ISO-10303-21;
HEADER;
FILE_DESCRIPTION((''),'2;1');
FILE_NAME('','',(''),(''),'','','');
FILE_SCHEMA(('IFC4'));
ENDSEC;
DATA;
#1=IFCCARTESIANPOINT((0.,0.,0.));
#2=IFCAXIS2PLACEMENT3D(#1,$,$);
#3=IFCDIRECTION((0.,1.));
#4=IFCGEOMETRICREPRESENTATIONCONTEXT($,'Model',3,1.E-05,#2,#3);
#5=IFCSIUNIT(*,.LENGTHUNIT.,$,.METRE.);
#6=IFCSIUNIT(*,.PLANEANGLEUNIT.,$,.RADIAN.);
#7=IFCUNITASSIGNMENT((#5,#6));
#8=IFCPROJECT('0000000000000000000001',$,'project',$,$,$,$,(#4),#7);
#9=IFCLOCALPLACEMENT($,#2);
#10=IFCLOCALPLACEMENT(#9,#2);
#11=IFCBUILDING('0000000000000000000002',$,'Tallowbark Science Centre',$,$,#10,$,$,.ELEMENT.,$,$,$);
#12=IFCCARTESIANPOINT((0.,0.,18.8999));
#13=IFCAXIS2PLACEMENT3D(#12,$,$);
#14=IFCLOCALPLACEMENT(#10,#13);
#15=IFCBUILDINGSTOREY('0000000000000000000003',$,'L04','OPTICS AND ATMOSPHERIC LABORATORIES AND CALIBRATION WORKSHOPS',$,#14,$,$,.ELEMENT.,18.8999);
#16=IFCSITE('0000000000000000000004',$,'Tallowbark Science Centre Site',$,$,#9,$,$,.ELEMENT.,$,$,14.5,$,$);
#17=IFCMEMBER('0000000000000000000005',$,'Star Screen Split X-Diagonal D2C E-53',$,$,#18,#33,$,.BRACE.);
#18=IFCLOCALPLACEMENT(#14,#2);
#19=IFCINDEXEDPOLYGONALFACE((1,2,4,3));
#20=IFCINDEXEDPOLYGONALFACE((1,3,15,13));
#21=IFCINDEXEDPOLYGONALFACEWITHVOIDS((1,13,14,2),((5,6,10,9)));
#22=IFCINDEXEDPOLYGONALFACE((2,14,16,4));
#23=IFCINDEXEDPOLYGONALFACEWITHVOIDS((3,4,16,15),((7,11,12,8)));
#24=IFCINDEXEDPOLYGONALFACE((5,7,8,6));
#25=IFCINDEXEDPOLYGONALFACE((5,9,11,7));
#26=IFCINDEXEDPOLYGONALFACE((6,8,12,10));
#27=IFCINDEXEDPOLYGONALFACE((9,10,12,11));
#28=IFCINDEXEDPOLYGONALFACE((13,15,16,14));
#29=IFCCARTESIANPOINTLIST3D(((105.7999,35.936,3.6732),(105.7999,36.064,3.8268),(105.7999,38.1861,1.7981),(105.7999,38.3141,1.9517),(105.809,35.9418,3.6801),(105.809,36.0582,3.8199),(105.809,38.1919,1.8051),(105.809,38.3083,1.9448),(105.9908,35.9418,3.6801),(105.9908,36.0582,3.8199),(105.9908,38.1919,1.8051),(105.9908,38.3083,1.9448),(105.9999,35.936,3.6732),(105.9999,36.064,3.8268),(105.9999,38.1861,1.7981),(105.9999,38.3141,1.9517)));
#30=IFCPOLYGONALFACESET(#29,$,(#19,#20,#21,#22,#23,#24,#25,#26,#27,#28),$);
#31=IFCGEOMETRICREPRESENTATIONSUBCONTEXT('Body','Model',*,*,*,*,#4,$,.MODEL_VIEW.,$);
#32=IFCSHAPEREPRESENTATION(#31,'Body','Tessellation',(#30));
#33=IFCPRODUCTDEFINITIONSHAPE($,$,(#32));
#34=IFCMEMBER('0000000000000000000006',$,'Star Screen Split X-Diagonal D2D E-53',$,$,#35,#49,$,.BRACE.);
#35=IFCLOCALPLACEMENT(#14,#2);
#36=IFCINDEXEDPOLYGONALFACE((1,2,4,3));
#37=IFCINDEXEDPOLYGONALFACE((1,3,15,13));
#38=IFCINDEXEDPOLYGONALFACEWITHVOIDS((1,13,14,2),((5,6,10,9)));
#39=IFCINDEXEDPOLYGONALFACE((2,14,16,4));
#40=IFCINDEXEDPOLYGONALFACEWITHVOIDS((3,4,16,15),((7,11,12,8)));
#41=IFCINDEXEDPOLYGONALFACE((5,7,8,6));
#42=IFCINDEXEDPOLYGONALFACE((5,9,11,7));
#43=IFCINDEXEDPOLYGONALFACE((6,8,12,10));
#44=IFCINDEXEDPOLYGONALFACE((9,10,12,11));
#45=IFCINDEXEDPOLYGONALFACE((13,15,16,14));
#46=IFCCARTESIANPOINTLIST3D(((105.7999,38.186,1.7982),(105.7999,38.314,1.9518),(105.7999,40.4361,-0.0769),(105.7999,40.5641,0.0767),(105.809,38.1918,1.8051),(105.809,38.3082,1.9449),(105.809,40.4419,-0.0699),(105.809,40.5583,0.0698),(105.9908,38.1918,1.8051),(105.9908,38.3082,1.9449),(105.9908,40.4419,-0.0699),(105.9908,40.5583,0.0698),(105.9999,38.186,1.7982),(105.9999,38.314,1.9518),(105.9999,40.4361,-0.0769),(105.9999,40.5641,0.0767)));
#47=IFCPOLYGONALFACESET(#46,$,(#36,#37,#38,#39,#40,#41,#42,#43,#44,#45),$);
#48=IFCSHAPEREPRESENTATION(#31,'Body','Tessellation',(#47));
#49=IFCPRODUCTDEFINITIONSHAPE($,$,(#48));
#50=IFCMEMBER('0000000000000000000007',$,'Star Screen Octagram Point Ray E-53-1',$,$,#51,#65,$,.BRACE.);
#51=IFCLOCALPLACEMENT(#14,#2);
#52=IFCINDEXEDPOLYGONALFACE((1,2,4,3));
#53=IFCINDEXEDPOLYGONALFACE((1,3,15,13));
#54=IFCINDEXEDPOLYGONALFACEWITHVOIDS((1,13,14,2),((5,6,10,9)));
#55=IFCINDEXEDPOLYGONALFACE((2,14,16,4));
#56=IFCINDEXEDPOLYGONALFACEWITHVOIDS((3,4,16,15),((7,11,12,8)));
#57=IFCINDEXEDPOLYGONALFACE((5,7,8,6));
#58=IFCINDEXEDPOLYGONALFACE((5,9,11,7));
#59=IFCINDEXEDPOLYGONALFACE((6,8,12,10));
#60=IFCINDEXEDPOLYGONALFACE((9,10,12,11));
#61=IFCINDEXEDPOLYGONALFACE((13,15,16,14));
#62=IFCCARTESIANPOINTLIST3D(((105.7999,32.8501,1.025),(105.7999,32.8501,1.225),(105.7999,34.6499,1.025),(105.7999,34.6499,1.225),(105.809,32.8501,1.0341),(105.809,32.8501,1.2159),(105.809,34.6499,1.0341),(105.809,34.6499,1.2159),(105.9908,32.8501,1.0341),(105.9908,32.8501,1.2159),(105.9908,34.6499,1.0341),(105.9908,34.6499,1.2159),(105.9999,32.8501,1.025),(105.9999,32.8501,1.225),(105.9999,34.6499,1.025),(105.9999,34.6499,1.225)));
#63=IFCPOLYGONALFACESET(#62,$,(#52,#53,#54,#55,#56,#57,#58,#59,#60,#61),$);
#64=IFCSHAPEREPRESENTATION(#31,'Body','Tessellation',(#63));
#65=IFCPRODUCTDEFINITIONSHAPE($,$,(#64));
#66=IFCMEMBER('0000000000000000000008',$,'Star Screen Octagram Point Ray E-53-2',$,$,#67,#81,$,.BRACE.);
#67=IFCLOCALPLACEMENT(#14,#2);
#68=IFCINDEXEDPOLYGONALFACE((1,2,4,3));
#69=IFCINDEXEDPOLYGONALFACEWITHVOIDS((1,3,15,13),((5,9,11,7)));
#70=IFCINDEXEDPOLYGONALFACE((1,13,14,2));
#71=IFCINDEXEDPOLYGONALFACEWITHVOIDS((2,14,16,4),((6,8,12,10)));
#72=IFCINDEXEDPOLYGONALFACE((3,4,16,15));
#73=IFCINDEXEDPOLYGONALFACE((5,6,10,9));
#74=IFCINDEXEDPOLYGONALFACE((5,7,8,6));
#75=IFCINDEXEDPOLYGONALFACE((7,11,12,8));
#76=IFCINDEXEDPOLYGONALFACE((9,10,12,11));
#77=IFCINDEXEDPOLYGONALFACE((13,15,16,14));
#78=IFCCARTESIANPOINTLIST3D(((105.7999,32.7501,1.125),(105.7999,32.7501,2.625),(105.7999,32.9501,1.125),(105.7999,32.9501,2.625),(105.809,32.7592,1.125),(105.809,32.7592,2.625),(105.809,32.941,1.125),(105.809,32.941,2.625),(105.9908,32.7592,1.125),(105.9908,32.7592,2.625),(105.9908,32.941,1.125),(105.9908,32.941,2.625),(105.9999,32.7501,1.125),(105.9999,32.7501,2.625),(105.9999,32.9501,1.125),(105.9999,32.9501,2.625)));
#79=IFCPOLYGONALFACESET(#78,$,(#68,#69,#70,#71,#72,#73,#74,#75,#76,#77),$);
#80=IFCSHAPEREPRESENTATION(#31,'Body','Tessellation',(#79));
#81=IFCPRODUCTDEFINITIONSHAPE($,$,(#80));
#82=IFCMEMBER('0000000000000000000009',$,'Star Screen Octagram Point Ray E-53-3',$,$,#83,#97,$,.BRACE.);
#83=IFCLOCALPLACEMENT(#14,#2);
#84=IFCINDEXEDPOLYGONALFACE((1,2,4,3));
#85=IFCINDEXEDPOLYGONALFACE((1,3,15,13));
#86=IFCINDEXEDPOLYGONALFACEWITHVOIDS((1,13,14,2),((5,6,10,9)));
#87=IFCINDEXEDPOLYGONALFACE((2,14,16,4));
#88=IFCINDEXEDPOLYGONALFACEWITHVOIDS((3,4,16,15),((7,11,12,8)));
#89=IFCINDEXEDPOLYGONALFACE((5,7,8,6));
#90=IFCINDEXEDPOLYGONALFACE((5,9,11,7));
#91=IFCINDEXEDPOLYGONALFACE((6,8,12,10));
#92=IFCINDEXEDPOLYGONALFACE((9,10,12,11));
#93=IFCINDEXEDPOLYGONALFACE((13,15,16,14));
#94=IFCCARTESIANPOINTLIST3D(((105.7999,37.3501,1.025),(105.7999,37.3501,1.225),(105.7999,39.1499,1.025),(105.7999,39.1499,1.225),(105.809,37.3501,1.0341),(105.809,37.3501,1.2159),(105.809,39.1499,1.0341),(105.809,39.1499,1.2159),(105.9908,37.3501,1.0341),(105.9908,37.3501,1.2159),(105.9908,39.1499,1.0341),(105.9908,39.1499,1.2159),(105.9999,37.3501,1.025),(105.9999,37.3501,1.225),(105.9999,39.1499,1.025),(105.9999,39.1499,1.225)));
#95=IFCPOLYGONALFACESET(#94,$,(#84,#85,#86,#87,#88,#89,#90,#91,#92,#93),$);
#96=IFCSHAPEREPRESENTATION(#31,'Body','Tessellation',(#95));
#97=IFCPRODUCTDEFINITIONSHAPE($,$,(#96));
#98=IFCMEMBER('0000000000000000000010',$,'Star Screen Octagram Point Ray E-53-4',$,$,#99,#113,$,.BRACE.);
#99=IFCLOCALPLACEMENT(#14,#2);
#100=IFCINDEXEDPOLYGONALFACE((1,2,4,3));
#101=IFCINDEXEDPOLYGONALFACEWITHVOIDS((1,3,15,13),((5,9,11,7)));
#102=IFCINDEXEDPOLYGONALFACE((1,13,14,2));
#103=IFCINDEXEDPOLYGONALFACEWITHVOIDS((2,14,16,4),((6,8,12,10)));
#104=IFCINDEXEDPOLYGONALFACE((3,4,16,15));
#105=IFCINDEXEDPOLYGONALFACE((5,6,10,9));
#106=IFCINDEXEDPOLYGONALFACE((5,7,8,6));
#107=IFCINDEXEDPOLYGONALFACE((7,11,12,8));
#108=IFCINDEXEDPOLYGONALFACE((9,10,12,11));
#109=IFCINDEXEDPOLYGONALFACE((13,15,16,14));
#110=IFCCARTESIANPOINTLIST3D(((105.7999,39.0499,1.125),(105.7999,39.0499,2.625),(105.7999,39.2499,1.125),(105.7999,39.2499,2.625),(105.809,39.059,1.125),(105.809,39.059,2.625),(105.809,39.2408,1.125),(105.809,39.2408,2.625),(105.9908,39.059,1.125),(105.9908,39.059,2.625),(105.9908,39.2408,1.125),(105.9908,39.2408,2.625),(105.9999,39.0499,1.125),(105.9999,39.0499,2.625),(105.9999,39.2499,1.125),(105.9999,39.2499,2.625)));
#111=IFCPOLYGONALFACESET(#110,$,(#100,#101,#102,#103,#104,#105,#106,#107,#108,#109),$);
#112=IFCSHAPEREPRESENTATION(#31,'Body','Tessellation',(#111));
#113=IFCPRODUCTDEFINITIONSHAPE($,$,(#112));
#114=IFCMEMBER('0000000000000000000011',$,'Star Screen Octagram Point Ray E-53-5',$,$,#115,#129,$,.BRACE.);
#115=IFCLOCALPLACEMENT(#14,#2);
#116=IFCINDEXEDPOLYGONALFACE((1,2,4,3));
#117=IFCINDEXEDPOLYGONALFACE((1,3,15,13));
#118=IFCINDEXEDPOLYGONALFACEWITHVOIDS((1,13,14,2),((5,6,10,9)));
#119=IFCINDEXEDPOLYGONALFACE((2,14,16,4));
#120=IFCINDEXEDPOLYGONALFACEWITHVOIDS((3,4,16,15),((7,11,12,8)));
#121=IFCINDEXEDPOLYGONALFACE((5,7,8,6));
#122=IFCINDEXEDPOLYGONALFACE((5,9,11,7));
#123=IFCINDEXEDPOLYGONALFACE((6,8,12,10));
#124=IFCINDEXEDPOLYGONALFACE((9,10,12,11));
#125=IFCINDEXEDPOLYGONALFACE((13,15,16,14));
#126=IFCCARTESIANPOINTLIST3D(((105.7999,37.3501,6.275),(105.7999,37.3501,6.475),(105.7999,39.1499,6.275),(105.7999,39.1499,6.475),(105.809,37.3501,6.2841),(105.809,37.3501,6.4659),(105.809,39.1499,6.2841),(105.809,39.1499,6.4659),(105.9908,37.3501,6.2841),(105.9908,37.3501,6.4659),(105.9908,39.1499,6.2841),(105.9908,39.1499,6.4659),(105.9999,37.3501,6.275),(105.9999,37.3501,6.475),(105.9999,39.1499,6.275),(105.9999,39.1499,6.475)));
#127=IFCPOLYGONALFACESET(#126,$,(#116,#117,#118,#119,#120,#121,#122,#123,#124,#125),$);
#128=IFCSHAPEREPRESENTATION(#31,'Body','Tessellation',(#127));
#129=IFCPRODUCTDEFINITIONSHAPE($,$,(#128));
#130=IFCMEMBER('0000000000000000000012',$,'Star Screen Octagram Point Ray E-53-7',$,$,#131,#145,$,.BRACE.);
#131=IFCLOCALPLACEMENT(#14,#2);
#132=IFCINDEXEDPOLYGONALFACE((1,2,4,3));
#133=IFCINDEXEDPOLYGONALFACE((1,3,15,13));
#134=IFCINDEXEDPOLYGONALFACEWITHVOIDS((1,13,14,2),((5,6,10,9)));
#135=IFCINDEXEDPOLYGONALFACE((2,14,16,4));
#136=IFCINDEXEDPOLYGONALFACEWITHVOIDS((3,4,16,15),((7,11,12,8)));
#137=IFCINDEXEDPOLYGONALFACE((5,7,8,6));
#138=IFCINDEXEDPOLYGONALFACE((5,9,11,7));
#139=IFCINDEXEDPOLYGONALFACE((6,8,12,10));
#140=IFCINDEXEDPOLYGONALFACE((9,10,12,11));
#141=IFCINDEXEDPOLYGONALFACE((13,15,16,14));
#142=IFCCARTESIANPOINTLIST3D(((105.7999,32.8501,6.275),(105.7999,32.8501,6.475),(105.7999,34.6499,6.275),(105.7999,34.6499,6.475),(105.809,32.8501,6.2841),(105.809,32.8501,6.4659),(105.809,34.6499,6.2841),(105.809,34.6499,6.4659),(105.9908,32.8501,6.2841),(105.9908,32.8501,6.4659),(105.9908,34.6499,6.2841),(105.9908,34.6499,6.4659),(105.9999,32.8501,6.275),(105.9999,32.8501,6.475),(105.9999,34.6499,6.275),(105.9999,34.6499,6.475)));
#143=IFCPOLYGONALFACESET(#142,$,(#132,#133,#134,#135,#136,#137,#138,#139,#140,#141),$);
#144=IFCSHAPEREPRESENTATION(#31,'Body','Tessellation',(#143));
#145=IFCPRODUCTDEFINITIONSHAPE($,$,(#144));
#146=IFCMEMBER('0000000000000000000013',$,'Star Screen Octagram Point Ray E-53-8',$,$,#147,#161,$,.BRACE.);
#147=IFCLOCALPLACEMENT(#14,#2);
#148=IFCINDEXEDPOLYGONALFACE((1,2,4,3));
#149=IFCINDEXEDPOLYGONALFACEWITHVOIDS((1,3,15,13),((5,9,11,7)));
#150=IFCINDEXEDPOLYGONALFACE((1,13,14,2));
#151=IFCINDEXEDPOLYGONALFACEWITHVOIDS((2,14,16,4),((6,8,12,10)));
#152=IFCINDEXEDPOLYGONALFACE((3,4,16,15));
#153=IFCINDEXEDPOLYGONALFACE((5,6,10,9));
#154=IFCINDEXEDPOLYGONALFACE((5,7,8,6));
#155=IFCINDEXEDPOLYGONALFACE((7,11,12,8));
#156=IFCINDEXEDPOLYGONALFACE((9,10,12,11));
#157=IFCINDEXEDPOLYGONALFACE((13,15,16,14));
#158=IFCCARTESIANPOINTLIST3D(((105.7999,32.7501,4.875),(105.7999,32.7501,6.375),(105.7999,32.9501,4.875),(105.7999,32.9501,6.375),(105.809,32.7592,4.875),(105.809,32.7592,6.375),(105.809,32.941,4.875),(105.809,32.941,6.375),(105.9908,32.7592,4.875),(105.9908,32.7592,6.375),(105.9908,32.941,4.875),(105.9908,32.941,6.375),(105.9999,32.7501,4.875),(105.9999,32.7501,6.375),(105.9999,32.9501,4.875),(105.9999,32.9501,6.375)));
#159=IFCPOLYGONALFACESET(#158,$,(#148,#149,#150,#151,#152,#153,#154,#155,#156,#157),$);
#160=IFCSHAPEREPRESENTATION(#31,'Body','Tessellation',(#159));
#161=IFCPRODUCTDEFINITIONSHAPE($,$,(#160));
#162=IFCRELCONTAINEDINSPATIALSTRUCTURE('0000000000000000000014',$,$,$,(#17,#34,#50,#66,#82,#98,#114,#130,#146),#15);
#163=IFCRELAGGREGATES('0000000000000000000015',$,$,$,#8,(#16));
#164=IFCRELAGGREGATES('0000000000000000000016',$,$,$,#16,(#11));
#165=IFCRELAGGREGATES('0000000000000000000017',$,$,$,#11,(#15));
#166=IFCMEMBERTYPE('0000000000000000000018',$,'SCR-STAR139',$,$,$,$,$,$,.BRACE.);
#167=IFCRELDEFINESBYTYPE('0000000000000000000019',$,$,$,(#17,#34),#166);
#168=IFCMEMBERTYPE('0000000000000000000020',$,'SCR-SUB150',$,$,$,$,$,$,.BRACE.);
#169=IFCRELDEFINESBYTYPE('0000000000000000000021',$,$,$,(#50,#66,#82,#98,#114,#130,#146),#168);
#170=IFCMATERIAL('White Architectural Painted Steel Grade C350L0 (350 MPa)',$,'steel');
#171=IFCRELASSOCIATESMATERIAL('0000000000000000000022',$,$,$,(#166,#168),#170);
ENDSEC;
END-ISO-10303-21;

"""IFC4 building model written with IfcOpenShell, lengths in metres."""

from ifc_helpers import new_model, si_unit, direction, frame, origin, origin_2d, place, context, subcontext, project, spatial, hollow_rectangle, extrude, material, material_profile, profile_set, type_object, element, save


model = new_model("IFC4")

# Units and contexts
model_context = context("Model", 3, precision=1e-05, world=origin(), true_north=direction((0.0, 1.0)))
body_context = subcontext(model_context, "Body", "Model", "MODEL_VIEW")
ifc_project = project(units=[si_unit("LENGTHUNIT", "METRE"), si_unit("PLANEANGLEUNIT", "RADIAN")], contexts=[model_context])

# Site, building, storey
site_placement = place(None, origin())
site = spatial("IfcSite", under=ifc_project, at=site_placement, Name="Tallowbark Science Centre Site", CompositionType="ELEMENT", RefElevation=14.5)
building_placement = place(site_placement, origin())
building = spatial("IfcBuilding", under=site, at=building_placement, Name="Tallowbark Science Centre", CompositionType="ELEMENT")
storey_placement = place(building_placement, frame((0.0, 0.0, 18.8999)))
storey = spatial("IfcBuildingStorey", under=building, at=storey_placement, Name="L04", Description="OPTICS AND ATMOSPHERIC LABORATORIES AND CALIBRATION WORKSHOPS", CompositionType="ELEMENT", Elevation=18.8999)

# Members
ifc_material_1 = material(Name="White Architectural Painted Steel Grade C350L0 (350 MPa)", Category="steel")
ifc_material_profile_1 = material_profile(ifc_material_1, hollow_rectangle(XDim=0.2, YDim=0.2, WallThickness=0.009, at=origin_2d()), Name="200x200x9.0SHS")
ifc_profile_set_1 = profile_set([ifc_material_profile_1], Name="White Architectural Painted Steel Grade C350L0 (350 MPa)")
member_type_1 = type_object("IfcMemberType", Name="SCR-STAR139", PredefinedType="BRACE", material=ifc_profile_set_1)
for number, where, z_axis, x_axis, name in (
    (1, (105.8999, 36.0, 3.75), (0.0, 0.768221, -0.640184), (-1.0, 0.0, 0.0), "Star Screen Split X-Diagonal D2C E-53"),
    (2, (105.8999, 38.25, 1.875), (0.0, 0.768221, -0.640184), (-1.0, 0.0, 0.0), "Star Screen Split X-Diagonal D2D E-53"),
):
    element("IfcMember", number, at=place(storey_placement, frame(where, z_axis=z_axis, x_axis=x_axis)), inside=storey, type_object=member_type_1, Name=name, PredefinedType="BRACE", context=body_context, shape_type="SweptSolid", body=[
        extrude(hollow_rectangle(XDim=0.2, YDim=0.2, WallThickness=0.009, at=origin_2d()), origin(), (0.0, 0.0, 1.0), 2.929),
    ])
ifc_material_profile_2 = material_profile(ifc_material_1, hollow_rectangle(XDim=0.2, YDim=0.2, WallThickness=0.009, at=origin_2d()), Name="200x200x9.0SHS")
ifc_profile_set_2 = profile_set([ifc_material_profile_2], Name="White Architectural Painted Steel Grade C350L0 (350 MPa)")
member_type_2 = type_object("IfcMemberType", Name="SCR-SUB150", PredefinedType="BRACE", material=ifc_profile_set_2)
member_1_placement = place(storey_placement, frame((105.8999, 32.8501, 1.125), z_axis=(0.0, 1.0, 0.0), x_axis=(-1.0, 0.0, 0.0)))
element("IfcMember", 3, at=member_1_placement, inside=storey, type_object=member_type_2, Name="Star Screen Octagram Point Ray E-53-1", PredefinedType="BRACE", context=body_context, shape_type="SweptSolid", body=[
    extrude(hollow_rectangle(XDim=0.2, YDim=0.2, WallThickness=0.009, at=origin_2d()), origin(), (0.0, 0.0, 1.0), 1.7998),
])
member_2_placement = place(storey_placement, frame((105.8999, 32.8501, 1.125), z_axis=(0.0, 0.0, 1.0), x_axis=(1.0, 0.0, 0.0)))
element("IfcMember", 4, at=member_2_placement, inside=storey, type_object=member_type_2, Name="Star Screen Octagram Point Ray E-53-2", PredefinedType="BRACE", context=body_context, shape_type="SweptSolid", body=[
    extrude(hollow_rectangle(XDim=0.2, YDim=0.2, WallThickness=0.009, at=origin_2d()), origin(), (0.0, 0.0, 1.0), 1.5),
])
member_3_placement = place(storey_placement, frame((105.8999, 39.1499, 1.125), z_axis=(0.0, -1.0, 0.0), x_axis=(1.0, 0.0, 0.0)))
element("IfcMember", 5, at=member_3_placement, inside=storey, type_object=member_type_2, Name="Star Screen Octagram Point Ray E-53-3", PredefinedType="BRACE", context=body_context, shape_type="SweptSolid", body=[
    extrude(hollow_rectangle(XDim=0.2, YDim=0.2, WallThickness=0.009, at=origin_2d()), origin(), (0.0, 0.0, 1.0), 1.7998),
])
member_4_placement = place(storey_placement, frame((105.8999, 39.1499, 1.125), z_axis=(0.0, 0.0, 1.0), x_axis=(1.0, 0.0, 0.0)))
element("IfcMember", 6, at=member_4_placement, inside=storey, type_object=member_type_2, Name="Star Screen Octagram Point Ray E-53-4", PredefinedType="BRACE", context=body_context, shape_type="SweptSolid", body=[
    extrude(hollow_rectangle(XDim=0.2, YDim=0.2, WallThickness=0.009, at=origin_2d()), origin(), (0.0, 0.0, 1.0), 1.5),
])
for number, where, z_axis, x_axis, name in (
    (7, (105.8999, 39.1499, 6.375), (0.0, -1.0, 0.0), (1.0, 0.0, 0.0), "Star Screen Octagram Point Ray E-53-5"),
    (8, (105.8999, 32.8501, 6.375), (0.0, 1.0, 0.0), (-1.0, 0.0, 0.0), "Star Screen Octagram Point Ray E-53-7"),
):
    element("IfcMember", number, at=place(storey_placement, frame(where, z_axis=z_axis, x_axis=x_axis)), inside=storey, type_object=member_type_2, Name=name, PredefinedType="BRACE", context=body_context, shape_type="SweptSolid", body=[
        extrude(hollow_rectangle(XDim=0.2, YDim=0.2, WallThickness=0.009, at=origin_2d()), origin(), (0.0, 0.0, 1.0), 1.7998),
    ])
member_5_placement = place(storey_placement, frame((105.8999, 32.8501, 6.375), z_axis=(0.0, 0.0, -1.0), x_axis=(1.0, 0.0, 0.0)))
element("IfcMember", 9, at=member_5_placement, inside=storey, type_object=member_type_2, Name="Star Screen Octagram Point Ray E-53-8", PredefinedType="BRACE", context=body_context, shape_type="SweptSolid", body=[
    extrude(hollow_rectangle(XDim=0.2, YDim=0.2, WallThickness=0.009, at=origin_2d()), origin(), (0.0, 0.0, 1.0), 1.5),
])

save(model, "model.ifc")
